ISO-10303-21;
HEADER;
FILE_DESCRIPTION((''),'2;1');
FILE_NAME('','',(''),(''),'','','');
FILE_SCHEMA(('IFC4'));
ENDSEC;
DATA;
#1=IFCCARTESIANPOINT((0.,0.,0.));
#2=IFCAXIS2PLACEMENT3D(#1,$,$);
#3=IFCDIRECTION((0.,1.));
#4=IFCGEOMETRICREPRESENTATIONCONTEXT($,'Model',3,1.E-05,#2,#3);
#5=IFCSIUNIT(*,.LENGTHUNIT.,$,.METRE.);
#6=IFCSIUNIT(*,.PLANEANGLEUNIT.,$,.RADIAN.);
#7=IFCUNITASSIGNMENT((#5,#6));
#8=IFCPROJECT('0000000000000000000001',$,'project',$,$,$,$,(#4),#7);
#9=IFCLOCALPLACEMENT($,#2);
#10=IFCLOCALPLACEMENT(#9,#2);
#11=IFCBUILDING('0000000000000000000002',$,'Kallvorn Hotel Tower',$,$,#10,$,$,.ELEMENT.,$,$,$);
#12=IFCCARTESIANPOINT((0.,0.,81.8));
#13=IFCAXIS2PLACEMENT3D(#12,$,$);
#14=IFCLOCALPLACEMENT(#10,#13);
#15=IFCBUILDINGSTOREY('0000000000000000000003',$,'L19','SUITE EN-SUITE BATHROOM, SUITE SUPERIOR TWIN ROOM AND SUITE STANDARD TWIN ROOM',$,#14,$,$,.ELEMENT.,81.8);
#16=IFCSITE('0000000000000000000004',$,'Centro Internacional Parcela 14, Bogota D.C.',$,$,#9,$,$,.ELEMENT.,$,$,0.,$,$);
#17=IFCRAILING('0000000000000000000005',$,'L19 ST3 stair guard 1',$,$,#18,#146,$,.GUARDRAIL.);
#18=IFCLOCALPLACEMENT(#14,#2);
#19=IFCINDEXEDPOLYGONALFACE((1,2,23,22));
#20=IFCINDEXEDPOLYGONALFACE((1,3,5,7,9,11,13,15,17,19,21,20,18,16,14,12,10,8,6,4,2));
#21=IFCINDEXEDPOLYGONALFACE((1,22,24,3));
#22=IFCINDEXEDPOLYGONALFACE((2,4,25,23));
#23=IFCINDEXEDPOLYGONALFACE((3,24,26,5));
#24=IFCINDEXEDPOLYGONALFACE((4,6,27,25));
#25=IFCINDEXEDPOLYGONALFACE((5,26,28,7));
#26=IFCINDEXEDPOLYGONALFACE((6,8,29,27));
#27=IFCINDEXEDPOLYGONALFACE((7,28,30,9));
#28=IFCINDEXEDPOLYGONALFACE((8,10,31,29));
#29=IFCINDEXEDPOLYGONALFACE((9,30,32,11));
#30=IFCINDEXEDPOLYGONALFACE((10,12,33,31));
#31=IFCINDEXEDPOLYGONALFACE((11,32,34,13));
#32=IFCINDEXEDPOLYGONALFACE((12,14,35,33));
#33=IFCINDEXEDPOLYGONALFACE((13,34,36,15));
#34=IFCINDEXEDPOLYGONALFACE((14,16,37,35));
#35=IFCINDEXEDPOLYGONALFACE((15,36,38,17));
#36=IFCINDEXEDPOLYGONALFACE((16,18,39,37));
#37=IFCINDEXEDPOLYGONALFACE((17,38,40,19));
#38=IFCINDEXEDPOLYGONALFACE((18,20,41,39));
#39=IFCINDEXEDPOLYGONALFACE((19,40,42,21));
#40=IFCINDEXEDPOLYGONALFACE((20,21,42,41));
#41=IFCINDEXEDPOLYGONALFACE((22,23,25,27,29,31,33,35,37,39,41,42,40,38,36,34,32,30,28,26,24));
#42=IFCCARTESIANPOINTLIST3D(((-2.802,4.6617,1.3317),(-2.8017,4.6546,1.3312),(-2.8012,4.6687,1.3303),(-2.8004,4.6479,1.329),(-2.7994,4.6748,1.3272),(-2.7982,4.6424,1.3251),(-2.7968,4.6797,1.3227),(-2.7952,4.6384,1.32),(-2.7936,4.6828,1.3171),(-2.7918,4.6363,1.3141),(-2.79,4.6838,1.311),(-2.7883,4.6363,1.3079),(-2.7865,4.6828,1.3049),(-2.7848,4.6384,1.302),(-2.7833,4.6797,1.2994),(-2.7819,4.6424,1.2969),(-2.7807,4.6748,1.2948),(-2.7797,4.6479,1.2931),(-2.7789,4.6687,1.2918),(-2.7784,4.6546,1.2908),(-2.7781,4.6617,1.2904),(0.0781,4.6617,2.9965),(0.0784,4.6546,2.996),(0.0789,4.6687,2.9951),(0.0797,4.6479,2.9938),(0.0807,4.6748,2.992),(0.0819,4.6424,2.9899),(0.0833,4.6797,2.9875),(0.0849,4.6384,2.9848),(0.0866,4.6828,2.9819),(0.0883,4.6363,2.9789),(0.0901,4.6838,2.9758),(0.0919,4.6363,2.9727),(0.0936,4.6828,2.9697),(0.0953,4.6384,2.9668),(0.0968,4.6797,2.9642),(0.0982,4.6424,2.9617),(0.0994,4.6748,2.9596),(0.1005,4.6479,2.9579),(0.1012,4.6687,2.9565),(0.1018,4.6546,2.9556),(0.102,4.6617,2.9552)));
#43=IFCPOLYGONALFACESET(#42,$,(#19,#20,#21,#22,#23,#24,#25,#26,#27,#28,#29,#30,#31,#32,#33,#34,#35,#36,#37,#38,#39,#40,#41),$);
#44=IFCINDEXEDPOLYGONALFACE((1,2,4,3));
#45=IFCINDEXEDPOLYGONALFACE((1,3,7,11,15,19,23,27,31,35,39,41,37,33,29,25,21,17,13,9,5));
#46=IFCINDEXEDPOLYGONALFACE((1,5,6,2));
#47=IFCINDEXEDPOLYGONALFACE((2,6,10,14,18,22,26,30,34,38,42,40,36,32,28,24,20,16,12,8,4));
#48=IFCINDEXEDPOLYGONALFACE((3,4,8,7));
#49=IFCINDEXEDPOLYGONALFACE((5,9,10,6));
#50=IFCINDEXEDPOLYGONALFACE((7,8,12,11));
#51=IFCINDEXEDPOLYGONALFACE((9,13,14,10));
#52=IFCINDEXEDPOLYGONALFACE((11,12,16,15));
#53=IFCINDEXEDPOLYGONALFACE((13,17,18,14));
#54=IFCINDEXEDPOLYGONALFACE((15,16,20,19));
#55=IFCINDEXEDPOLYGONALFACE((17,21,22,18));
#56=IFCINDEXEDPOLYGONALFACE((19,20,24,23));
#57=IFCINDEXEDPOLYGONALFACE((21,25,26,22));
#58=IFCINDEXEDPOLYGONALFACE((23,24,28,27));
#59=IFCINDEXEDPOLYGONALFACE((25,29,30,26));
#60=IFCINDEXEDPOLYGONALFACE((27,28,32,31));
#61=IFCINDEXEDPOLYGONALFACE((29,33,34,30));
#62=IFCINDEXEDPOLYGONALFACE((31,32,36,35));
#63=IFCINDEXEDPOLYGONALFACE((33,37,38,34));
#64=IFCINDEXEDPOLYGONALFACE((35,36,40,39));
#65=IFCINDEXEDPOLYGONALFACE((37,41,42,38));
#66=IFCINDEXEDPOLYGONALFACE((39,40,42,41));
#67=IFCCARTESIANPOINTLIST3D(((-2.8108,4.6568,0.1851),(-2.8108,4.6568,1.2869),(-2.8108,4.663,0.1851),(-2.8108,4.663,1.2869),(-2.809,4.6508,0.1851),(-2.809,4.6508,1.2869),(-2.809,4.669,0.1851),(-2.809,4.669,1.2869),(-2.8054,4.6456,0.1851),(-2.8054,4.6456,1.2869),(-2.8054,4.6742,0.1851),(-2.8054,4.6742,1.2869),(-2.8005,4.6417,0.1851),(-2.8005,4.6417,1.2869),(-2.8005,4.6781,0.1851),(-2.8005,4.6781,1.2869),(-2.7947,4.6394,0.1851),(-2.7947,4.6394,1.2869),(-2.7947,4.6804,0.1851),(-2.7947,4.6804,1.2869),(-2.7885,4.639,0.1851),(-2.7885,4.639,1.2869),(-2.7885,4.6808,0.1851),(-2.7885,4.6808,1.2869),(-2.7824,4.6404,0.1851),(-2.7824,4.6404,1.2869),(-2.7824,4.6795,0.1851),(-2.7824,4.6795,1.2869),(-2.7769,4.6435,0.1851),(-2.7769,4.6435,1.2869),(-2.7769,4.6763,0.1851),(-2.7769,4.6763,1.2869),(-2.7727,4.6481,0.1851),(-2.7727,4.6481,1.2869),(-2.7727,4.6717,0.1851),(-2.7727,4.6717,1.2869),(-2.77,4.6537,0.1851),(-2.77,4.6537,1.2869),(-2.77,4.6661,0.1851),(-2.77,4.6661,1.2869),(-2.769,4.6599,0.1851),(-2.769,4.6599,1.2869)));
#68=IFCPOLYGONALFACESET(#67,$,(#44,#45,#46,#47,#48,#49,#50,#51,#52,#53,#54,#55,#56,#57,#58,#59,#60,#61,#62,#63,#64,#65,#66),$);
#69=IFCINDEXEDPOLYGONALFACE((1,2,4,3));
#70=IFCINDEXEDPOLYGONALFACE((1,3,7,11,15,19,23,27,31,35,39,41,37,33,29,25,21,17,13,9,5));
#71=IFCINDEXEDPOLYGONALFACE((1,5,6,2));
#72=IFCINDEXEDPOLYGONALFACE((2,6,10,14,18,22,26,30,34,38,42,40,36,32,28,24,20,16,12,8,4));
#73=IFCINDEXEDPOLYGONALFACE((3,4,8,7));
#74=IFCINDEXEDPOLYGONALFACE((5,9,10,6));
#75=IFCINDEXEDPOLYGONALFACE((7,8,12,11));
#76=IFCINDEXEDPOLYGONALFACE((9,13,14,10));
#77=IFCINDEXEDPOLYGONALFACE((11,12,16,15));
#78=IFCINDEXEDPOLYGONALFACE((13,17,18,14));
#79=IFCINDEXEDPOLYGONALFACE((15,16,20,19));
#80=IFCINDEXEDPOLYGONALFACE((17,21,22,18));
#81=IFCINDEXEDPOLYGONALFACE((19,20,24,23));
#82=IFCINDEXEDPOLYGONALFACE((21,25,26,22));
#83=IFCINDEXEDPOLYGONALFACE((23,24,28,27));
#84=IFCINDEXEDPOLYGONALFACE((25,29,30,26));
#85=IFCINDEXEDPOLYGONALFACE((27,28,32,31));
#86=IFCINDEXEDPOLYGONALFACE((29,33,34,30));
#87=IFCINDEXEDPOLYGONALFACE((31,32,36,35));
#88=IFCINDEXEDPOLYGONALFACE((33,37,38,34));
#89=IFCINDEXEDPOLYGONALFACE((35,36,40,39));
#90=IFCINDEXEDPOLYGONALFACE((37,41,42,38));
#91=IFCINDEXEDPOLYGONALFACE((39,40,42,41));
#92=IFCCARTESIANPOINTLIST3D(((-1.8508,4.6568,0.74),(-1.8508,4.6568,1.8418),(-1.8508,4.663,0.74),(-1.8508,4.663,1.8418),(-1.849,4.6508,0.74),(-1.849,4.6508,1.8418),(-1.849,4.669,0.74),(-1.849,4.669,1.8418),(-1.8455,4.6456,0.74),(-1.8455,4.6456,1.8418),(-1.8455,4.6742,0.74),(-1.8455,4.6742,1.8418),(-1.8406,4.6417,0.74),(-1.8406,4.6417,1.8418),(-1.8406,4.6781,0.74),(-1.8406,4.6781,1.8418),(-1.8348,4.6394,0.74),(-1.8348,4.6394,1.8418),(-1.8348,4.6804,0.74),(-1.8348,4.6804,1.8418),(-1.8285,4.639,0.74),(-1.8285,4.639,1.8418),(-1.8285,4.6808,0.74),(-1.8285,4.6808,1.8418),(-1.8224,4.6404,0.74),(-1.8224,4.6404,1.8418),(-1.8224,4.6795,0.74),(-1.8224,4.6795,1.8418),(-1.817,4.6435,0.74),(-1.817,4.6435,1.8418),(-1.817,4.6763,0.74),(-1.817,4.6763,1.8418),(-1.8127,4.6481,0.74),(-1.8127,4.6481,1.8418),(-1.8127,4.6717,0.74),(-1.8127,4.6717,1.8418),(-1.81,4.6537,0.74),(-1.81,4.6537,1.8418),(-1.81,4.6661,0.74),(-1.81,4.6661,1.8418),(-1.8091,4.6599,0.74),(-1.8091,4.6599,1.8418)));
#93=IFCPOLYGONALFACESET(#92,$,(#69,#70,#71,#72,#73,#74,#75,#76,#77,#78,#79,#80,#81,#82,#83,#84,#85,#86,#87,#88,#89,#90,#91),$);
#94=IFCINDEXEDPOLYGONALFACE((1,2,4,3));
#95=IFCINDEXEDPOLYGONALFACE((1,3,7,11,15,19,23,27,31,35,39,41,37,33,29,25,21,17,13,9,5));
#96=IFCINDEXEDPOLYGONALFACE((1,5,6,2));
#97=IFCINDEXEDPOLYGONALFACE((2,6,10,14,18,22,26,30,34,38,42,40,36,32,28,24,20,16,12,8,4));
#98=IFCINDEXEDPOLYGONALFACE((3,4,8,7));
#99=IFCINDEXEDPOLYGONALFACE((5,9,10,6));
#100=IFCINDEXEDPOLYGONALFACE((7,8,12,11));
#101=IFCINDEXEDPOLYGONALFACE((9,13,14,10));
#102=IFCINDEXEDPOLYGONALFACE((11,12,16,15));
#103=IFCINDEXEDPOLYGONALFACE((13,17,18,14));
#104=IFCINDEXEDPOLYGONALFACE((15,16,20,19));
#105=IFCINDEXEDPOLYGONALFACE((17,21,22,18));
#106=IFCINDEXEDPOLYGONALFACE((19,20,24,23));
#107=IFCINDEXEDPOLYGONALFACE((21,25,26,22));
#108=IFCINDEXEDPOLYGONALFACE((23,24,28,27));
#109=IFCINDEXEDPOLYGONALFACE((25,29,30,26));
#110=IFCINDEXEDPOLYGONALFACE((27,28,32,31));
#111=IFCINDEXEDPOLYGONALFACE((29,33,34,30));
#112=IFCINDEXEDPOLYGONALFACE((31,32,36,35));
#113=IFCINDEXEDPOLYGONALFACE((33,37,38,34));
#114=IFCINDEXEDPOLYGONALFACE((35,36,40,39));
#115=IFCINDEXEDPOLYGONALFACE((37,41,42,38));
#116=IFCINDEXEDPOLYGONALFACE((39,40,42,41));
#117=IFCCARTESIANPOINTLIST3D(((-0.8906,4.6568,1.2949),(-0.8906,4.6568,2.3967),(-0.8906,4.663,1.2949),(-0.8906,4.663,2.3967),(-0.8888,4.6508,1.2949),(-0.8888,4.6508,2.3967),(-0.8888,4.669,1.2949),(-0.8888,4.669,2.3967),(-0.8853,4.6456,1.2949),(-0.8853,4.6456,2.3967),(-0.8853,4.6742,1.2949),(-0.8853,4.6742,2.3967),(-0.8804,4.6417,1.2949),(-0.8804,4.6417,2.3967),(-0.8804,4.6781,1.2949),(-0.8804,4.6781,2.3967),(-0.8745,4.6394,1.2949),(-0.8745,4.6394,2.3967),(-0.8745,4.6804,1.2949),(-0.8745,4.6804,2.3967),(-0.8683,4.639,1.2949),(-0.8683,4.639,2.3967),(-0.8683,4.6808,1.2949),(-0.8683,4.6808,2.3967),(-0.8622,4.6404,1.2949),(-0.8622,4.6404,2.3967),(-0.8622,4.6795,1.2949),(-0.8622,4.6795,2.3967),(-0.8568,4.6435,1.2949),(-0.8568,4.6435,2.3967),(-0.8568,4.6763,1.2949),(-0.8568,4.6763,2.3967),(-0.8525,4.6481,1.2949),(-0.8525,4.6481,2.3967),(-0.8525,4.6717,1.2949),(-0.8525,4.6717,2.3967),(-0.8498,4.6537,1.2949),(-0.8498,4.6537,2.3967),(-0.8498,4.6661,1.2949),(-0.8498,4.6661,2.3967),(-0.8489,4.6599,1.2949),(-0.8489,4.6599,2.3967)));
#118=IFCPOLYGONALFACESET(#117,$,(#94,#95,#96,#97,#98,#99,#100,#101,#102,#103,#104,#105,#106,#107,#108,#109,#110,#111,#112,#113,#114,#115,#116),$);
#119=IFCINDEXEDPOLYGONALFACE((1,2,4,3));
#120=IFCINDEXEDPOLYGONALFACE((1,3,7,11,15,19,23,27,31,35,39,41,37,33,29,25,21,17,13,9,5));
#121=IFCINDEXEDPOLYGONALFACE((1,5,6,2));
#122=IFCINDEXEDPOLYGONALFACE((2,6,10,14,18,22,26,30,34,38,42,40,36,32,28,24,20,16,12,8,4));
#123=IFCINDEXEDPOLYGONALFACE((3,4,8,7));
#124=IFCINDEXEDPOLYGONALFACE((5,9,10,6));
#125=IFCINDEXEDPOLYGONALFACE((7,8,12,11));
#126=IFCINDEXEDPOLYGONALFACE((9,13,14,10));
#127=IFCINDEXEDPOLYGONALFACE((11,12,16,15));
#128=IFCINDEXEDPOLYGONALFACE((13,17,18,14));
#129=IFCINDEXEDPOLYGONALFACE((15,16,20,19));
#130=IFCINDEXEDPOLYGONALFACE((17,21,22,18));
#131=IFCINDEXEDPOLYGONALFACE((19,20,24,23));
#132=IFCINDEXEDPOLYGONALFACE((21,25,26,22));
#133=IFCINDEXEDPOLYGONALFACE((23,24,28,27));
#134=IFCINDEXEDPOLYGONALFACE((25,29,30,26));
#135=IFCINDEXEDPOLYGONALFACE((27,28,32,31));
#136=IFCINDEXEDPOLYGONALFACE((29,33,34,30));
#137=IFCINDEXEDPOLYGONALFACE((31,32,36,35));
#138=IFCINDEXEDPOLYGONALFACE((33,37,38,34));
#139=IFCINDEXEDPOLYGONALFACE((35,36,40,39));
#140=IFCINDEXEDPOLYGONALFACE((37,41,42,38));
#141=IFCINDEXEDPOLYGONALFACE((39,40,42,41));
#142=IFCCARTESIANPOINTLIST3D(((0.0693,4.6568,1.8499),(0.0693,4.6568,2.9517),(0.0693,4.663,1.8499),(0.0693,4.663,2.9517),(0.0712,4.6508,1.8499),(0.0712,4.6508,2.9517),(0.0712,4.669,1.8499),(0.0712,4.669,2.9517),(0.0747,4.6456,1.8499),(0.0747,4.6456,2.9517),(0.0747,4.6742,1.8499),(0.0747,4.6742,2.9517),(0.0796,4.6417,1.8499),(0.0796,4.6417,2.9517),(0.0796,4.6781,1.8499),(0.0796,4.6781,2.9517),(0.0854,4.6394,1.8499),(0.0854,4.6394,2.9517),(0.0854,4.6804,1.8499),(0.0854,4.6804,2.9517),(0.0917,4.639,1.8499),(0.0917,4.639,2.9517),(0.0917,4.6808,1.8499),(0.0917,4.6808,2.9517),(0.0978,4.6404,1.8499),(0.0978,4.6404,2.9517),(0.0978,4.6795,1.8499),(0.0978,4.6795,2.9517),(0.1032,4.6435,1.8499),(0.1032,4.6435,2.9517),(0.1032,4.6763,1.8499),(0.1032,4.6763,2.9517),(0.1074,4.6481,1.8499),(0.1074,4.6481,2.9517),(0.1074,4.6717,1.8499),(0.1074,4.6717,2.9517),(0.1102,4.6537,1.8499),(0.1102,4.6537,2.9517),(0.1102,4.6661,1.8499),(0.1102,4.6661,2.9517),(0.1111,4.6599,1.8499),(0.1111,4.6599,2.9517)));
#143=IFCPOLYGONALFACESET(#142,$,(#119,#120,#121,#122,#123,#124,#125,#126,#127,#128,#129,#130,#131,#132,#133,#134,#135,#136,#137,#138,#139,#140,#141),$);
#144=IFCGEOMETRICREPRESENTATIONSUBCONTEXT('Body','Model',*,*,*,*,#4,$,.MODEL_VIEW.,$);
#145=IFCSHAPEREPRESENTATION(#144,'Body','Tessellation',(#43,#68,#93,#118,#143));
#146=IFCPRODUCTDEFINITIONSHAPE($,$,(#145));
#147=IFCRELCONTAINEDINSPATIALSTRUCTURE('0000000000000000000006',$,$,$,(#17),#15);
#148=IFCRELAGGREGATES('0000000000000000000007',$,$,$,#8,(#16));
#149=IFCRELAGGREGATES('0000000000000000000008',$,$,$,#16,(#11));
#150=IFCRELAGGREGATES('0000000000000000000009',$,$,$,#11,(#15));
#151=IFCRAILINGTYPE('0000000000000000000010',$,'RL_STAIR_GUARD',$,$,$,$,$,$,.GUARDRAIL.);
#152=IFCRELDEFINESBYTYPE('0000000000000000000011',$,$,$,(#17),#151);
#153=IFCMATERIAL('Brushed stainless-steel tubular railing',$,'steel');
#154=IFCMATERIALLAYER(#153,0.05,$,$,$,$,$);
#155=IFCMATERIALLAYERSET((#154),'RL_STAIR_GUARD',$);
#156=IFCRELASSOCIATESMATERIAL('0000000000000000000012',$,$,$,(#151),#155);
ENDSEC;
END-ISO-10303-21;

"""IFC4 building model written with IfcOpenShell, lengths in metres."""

from ifc_helpers import new_model, si_unit, direction, frame, origin, origin_2d, place, context, subcontext, project, spatial, circle, extrude, material, layer, layer_set, type_object, element, save


model = new_model("IFC4")

# Units and contexts
model_context = context("Model", 3, precision=1e-05, world=origin(), true_north=direction((0.0, 1.0)))
body_context = subcontext(model_context, "Body", "Model", "MODEL_VIEW")
ifc_project = project(units=[si_unit("LENGTHUNIT", "METRE"), si_unit("PLANEANGLEUNIT", "RADIAN")], contexts=[model_context])

# Site, building, storey
site_placement = place(None, origin())
site = spatial("IfcSite", under=ifc_project, at=site_placement, Name="Centro Internacional Parcela 14, Bogota D.C.", CompositionType="ELEMENT", RefElevation=0.0)
building_placement = place(site_placement, origin())
building = spatial("IfcBuilding", under=site, at=building_placement, Name="Kallvorn Hotel Tower", CompositionType="ELEMENT")
storey_placement = place(building_placement, frame((0.0, 0.0, 81.8)))
storey = spatial("IfcBuildingStorey", under=building, at=storey_placement, Name="L19", Description="SUITE EN-SUITE BATHROOM, SUITE SUPERIOR TWIN ROOM AND SUITE STANDARD TWIN ROOM", CompositionType="ELEMENT", Elevation=81.8)

# Railing
ifc_material_1 = material(Name="Brushed stainless-steel tubular railing", Category="steel")
ifc_layer_1 = layer(ifc_material_1, 0.05)
ifc_layer_set_1 = layer_set([ifc_layer_1], Name="RL_STAIR_GUARD")
railing_type_1 = type_object("IfcRailingType", Name="RL_STAIR_GUARD", PredefinedType="GUARDRAIL", material=ifc_layer_set_1)
railing_1_placement = place(storey_placement, frame((-2.79, 4.6599, 0.1851)))
element("IfcRailing", 1, at=railing_1_placement, inside=storey, type_object=railing_type_1, Name="L19 ST3 stair guard 1", PredefinedType="GUARDRAIL", context=body_context, shape_type="SweptSolid", body=[
    extrude(circle(Radius=0.0239, at=origin_2d()), frame((0.0, 0.0, 1.126), z_axis=(0.865771, 0.0, 0.50044), x_axis=(0.0, 1.0, 0.0)), (0.0, 0.0, 1.0), 3.3267),
    extrude(circle(Radius=0.021, at=origin_2d()), origin(), (0.0, 0.0, 1.0), 1.1018),
    extrude(circle(Radius=0.021, at=origin_2d()), frame((0.96, 0.0, 0.5549)), (0.0, 0.0, 1.0), 1.1018),
    extrude(circle(Radius=0.021, at=origin_2d()), frame((1.9202, 0.0, 1.1099)), (0.0, 0.0, 1.0), 1.1018),
    extrude(circle(Radius=0.021, at=origin_2d()), frame((2.8801, 0.0, 1.6648)), (0.0, 0.0, 1.0), 1.1018),
])

save(model, "model.ifc")
